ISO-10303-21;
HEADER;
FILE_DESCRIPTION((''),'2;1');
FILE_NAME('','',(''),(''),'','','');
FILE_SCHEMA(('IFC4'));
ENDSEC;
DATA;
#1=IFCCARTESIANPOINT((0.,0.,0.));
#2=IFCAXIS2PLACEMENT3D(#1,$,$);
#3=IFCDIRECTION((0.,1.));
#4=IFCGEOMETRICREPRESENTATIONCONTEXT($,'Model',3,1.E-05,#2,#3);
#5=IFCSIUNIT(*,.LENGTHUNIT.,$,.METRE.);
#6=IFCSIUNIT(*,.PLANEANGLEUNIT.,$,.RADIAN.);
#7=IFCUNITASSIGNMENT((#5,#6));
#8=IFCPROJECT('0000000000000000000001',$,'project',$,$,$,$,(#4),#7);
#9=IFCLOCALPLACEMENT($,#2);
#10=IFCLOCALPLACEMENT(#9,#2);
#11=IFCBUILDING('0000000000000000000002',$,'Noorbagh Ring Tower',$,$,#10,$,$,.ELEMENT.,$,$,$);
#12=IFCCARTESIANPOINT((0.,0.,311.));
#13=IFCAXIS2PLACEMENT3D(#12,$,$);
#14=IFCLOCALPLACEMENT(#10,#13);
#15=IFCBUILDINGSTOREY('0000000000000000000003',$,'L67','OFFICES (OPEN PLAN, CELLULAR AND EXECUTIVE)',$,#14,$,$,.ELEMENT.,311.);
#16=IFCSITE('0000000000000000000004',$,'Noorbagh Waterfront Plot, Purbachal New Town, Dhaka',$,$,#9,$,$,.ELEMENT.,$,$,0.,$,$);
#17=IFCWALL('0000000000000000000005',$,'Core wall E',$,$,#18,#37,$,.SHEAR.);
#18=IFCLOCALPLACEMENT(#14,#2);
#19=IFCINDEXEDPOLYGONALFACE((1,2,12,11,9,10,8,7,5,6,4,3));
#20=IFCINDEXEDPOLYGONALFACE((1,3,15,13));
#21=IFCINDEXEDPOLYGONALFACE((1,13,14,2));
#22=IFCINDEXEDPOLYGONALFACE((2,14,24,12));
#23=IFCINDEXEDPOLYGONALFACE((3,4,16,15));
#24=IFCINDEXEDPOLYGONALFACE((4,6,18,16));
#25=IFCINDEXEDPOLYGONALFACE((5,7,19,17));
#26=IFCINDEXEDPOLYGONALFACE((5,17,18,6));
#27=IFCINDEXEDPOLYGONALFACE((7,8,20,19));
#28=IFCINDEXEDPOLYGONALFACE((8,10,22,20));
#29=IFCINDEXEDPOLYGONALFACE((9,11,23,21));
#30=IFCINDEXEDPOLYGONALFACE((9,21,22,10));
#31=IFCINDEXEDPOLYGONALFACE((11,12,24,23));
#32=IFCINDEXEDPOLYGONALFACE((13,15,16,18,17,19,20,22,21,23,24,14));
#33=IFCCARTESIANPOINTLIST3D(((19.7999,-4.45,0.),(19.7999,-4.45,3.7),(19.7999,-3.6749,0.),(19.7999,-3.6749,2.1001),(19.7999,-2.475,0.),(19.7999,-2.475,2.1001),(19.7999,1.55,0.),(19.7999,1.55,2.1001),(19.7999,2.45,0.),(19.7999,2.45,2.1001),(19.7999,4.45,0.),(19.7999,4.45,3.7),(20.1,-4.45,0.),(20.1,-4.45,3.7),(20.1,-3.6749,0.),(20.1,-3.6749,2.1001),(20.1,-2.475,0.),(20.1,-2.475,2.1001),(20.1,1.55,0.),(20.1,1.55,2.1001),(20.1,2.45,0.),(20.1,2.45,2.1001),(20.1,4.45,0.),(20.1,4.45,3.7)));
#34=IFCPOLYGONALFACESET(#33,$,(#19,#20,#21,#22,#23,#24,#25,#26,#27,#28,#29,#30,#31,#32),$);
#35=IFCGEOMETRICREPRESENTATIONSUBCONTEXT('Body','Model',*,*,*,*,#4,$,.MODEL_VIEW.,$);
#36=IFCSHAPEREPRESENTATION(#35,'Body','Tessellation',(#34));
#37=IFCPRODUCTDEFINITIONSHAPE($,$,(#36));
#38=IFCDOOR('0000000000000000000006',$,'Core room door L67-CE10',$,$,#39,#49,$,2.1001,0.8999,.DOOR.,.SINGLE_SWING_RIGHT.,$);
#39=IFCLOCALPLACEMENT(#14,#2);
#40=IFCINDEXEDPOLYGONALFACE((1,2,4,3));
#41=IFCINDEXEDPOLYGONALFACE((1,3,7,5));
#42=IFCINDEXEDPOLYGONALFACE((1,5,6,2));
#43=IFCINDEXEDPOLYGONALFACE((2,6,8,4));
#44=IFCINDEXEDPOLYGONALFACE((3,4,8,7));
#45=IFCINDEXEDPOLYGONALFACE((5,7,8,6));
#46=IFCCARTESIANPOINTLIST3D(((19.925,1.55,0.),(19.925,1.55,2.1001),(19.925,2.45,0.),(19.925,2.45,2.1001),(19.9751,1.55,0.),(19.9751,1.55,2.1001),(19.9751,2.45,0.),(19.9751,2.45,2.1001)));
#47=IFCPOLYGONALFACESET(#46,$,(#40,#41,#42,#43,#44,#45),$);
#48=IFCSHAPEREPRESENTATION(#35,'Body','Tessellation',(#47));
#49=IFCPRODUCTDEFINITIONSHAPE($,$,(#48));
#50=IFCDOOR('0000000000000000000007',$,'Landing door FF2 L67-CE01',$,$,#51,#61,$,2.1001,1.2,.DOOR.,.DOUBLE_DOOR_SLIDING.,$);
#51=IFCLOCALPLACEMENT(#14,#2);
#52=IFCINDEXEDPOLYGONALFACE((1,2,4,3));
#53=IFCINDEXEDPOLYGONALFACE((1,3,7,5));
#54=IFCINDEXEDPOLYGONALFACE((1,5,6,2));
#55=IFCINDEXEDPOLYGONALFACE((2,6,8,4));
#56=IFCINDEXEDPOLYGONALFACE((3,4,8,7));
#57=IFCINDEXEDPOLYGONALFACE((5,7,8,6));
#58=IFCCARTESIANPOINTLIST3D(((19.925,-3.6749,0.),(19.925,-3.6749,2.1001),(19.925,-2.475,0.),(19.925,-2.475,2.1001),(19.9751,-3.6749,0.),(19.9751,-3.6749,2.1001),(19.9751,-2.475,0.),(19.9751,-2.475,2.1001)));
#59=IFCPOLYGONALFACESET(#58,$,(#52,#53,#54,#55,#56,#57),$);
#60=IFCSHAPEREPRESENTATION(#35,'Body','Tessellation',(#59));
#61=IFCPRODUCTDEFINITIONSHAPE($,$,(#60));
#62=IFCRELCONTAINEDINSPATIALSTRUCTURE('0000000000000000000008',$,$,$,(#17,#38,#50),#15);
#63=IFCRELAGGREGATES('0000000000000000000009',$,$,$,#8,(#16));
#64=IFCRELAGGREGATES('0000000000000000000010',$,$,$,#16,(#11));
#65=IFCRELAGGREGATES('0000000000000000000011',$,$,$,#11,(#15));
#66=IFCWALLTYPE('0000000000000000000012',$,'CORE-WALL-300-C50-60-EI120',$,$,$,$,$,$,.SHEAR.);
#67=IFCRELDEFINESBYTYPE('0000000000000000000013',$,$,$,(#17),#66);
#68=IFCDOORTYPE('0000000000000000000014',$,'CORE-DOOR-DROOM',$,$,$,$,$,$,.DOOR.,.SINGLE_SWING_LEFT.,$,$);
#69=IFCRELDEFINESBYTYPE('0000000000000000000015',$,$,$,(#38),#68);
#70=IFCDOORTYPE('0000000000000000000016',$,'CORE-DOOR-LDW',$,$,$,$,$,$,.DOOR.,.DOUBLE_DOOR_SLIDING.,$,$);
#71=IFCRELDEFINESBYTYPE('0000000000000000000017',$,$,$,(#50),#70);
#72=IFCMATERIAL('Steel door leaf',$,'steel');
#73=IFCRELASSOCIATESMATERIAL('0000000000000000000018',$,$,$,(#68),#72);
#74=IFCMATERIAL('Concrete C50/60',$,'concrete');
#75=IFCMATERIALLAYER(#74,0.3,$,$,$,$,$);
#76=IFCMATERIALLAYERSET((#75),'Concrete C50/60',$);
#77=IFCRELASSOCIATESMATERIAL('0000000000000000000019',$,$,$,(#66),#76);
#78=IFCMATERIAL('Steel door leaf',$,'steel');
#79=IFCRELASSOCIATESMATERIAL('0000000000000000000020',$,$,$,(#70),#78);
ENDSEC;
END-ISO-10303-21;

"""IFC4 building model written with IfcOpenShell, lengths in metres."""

from ifc_helpers import new_model, si_unit, direction, frame, frame_2d, origin, place, context, subcontext, project, spatial, rectangle, extrude, material, layer, layer_set, type_object, element, fill, save


model = new_model("IFC4")

# Units and contexts
model_context = context("Model", 3, precision=1e-05, world=origin(), true_north=direction((0.0, 1.0)))
body_context = subcontext(model_context, "Body", "Model", "MODEL_VIEW")
ifc_project = project(units=[si_unit("LENGTHUNIT", "METRE"), si_unit("PLANEANGLEUNIT", "RADIAN")], contexts=[model_context])

# Site, building, storey
site_placement = place(None, origin())
site = spatial("IfcSite", under=ifc_project, at=site_placement, Name="Noorbagh Waterfront Plot, Purbachal New Town, Dhaka", CompositionType="ELEMENT", RefElevation=0.0)
building_placement = place(site_placement, origin())
building = spatial("IfcBuilding", under=site, at=building_placement, Name="Noorbagh Ring Tower", CompositionType="ELEMENT")
storey_placement = place(building_placement, frame((0.0, 0.0, 311.0)))
storey = spatial("IfcBuildingStorey", under=building, at=storey_placement, Name="L67", Description="OFFICES (OPEN PLAN, CELLULAR AND EXECUTIVE)", CompositionType="ELEMENT", Elevation=311.0)

# Shared definitions
ifc_material_1 = material(Name="Steel door leaf", Category="steel")
door_type_1 = type_object("IfcDoorType", Name="CORE-DOOR-DROOM", OperationType="SINGLE_SWING_LEFT", PredefinedType="DOOR", material=ifc_material_1)

# Shared definitions
ifc_material_2 = material(Name="Concrete C50/60", Category="concrete")
ifc_layer_1 = layer(ifc_material_2, 0.3)
ifc_layer_set_1 = layer_set([ifc_layer_1], Name="Concrete C50/60")
wall_type_1 = type_object("IfcWallType", Name="CORE-WALL-300-C50-60-EI120", PredefinedType="SHEAR", material=ifc_layer_set_1)

# Wall, openings, doors
wall_1_placement = place(storey_placement, frame((19.95, -4.45, 0.0), z_axis=(0.0, 0.0, 1.0), x_axis=(0.0, 1.0, 0.0)))
wall_1 = element("IfcWall", 1, at=wall_1_placement, inside=storey, type_object=wall_type_1, Name="Core wall E", PredefinedType="SHEAR", context=body_context, shape_type="SweptSolid", body=[
    extrude(rectangle(XDim=8.8999, YDim=0.3, at=frame_2d((4.45, 0.0))), origin(), (0.0, 0.0, 1.0), 3.7),
])
opening_1_placement = place(wall_1_placement, frame((0.7749, 0.0, 0.0)))
opening_1 = element("IfcOpeningElement", 2, at=opening_1_placement, cuts=wall_1, PredefinedType="OPENING", context=body_context, shape_type="SweptSolid", body=[
    extrude(rectangle(XDim=1.2, YDim=2.1001, at=frame_2d((0.6001, 1.05))), frame((0.0, 0.1602, 0.0), z_axis=(0.0, -1.0, 0.0), x_axis=(1.0, 0.0, 0.0)), (0.0, 0.0, 1.0), 0.3201),
])
opening_2_placement = place(wall_1_placement, frame((6.0, 0.0, 0.0)))
opening_2 = element("IfcOpeningElement", 3, at=opening_2_placement, cuts=wall_1, PredefinedType="OPENING", context=body_context, shape_type="SweptSolid", body=[
    extrude(rectangle(XDim=0.8999, YDim=2.1001, at=frame_2d((0.45, 1.05))), frame((0.0, 0.1602, 0.0), z_axis=(0.0, -1.0, 0.0), x_axis=(1.0, 0.0, 0.0)), (0.0, 0.0, 1.0), 0.3201),
])
door_1_placement = place(opening_2_placement, origin())
door_1 = element("IfcDoor", 4, at=door_1_placement, inside=storey, type_object=door_type_1, Name="Core room door L67-CE10", OperationType="SINGLE_SWING_RIGHT", OverallHeight=2.1001, OverallWidth=0.8999, PredefinedType="DOOR", context=body_context, shape_type="SweptSolid", body=[
    extrude(rectangle(XDim=0.8999, YDim=2.1001, at=frame_2d((0.45, 1.05))), frame((0.0, 0.0249, 0.0), z_axis=(0.0, -1.0, 0.0), x_axis=(1.0, 0.0, 0.0)), (0.0, 0.0, 1.0), 0.05),
])
fill(opening_2, door_1)
ifc_material_3 = material(Name="Steel door leaf", Category="steel")
door_type_2 = type_object("IfcDoorType", Name="CORE-DOOR-LDW", OperationType="DOUBLE_DOOR_SLIDING", PredefinedType="DOOR", material=ifc_material_3)
door_2_placement = place(opening_1_placement, origin())
door_2 = element("IfcDoor", 5, at=door_2_placement, inside=storey, type_object=door_type_2, Name="Landing door FF2 L67-CE01", OperationType="DOUBLE_DOOR_SLIDING", OverallHeight=2.1001, OverallWidth=1.2, PredefinedType="DOOR", context=body_context, shape_type="SweptSolid", body=[
    extrude(rectangle(XDim=1.2, YDim=2.1001, at=frame_2d((0.6001, 1.05))), frame((0.0, 0.0249, 0.0), z_axis=(0.0, -1.0, 0.0), x_axis=(1.0, 0.0, 0.0)), (0.0, 0.0, 1.0), 0.05),
])
fill(opening_1, door_2)

save(model, "model.ifc")
